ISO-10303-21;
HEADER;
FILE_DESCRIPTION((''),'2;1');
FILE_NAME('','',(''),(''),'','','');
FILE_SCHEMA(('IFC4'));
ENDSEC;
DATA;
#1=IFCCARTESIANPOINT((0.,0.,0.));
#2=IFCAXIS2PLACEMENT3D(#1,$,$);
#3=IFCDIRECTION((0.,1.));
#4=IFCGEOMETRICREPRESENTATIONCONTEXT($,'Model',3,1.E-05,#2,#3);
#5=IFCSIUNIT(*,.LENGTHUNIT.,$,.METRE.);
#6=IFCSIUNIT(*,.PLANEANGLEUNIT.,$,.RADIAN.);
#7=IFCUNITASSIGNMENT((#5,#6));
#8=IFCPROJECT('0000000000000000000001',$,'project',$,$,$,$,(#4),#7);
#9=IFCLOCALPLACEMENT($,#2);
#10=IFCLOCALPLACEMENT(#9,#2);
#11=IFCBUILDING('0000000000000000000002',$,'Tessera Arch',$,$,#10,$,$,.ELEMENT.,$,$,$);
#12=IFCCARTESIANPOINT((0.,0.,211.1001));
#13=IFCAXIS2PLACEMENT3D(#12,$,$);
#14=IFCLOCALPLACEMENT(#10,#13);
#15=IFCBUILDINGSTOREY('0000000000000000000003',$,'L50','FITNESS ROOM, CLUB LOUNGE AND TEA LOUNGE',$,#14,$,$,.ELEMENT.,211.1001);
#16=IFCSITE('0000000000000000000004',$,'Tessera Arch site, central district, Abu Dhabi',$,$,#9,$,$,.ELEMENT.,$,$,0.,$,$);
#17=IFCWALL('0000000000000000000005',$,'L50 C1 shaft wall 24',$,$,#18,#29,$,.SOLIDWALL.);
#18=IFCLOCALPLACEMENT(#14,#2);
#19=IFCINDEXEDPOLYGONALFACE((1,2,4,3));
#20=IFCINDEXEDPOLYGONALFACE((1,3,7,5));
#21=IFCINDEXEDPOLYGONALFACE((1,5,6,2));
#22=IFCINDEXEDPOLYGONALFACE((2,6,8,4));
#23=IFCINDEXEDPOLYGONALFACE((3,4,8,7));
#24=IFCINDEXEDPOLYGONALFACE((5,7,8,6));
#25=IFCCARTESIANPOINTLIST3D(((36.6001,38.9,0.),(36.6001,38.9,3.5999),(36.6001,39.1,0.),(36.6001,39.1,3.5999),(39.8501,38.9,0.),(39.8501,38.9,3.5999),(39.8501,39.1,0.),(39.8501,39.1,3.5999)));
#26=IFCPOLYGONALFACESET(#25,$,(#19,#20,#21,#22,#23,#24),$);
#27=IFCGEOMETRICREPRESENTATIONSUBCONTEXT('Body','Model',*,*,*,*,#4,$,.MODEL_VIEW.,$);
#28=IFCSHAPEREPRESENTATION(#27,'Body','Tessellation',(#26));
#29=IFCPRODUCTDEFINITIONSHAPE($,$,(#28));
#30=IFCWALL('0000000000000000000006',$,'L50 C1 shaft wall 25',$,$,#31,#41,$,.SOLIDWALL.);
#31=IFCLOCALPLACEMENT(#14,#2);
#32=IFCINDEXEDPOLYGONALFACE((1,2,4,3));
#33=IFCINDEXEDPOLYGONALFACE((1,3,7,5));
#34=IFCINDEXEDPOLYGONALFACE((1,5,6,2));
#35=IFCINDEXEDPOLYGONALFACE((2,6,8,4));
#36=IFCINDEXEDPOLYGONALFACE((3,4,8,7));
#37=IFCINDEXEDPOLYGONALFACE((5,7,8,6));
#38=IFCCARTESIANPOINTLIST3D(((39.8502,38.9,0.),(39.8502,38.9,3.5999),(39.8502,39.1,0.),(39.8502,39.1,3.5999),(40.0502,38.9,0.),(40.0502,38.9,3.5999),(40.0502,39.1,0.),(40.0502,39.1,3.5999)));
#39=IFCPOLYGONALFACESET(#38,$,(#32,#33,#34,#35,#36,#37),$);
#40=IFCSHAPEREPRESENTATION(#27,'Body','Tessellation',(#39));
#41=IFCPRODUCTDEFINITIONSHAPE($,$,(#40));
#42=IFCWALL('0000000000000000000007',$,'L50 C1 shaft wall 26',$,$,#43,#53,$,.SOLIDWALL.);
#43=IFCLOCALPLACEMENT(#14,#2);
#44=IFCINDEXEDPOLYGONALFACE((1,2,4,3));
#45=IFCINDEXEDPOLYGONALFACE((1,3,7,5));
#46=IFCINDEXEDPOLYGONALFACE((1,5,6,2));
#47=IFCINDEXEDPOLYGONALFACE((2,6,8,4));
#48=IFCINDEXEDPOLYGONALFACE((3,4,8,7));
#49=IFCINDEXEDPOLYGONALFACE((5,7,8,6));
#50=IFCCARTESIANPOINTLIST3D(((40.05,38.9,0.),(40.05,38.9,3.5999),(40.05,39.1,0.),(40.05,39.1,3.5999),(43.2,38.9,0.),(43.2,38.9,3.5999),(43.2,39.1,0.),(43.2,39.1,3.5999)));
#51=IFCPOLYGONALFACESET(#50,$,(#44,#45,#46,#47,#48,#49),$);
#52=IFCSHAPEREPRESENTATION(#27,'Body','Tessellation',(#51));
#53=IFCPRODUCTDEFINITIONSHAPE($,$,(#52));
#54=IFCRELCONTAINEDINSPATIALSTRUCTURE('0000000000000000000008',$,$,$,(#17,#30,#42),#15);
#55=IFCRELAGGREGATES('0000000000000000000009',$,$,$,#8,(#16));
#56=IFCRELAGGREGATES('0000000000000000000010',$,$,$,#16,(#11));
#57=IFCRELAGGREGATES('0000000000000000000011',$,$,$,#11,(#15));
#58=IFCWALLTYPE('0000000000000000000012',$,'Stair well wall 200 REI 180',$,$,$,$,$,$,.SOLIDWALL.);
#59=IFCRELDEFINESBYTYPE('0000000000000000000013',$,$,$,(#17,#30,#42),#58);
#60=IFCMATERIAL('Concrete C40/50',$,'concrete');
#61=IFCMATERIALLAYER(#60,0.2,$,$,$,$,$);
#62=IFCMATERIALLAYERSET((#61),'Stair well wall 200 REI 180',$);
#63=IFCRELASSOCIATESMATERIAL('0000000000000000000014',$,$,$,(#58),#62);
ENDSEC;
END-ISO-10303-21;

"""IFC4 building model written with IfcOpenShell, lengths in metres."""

from ifc_helpers import new_model, si_unit, direction, frame, frame_2d, origin, place, context, subcontext, project, spatial, rectangle, extrude, material, layer, layer_set, type_object, element, save


model = new_model("IFC4")

# Units and contexts
model_context = context("Model", 3, precision=1e-05, world=origin(), true_north=direction((0.0, 1.0)))
body_context = subcontext(model_context, "Body", "Model", "MODEL_VIEW")
ifc_project = project(units=[si_unit("LENGTHUNIT", "METRE"), si_unit("PLANEANGLEUNIT", "RADIAN")], contexts=[model_context])

# Site, building, storey
site_placement = place(None, origin())
site = spatial("IfcSite", under=ifc_project, at=site_placement, Name="Tessera Arch site, central district, Abu Dhabi", CompositionType="ELEMENT", RefElevation=0.0)
building_placement = place(site_placement, origin())
building = spatial("IfcBuilding", under=site, at=building_placement, Name="Tessera Arch", CompositionType="ELEMENT")
storey_placement = place(building_placement, frame((0.0, 0.0, 211.1001)))
storey = spatial("IfcBuildingStorey", under=building, at=storey_placement, Name="L50", Description="FITNESS ROOM, CLUB LOUNGE AND TEA LOUNGE", CompositionType="ELEMENT", Elevation=211.1001)

# Walls
ifc_material_1 = material(Name="Concrete C40/50", Category="concrete")
ifc_layer_1 = layer(ifc_material_1, 0.2)
ifc_layer_set_1 = layer_set([ifc_layer_1], Name="Stair well wall 200 REI 180")
wall_type_1 = type_object("IfcWallType", Name="Stair well wall 200 REI 180", PredefinedType="SOLIDWALL", material=ifc_layer_set_1)
wall_1_placement = place(storey_placement, frame((36.6001, 39.0, 0.0), z_axis=(0.0, 0.0, 1.0), x_axis=(1.0, 0.0, 0.0)))
element("IfcWall", 1, at=wall_1_placement, inside=storey, type_object=wall_type_1, Name="L50 C1 shaft wall 24", PredefinedType="SOLIDWALL", context=body_context, shape_type="SweptSolid", body=[
    extrude(rectangle(XDim=3.25, YDim=0.2, at=frame_2d((1.625, 0.0))), origin(), (0.0, 0.0, 1.0), 3.5999),
])
wall_2_placement = place(storey_placement, frame((39.8501, 39.0, 0.0), z_axis=(0.0, 0.0, 1.0), x_axis=(1.0, 0.0, 0.0)))
element("IfcWall", 2, at=wall_2_placement, inside=storey, type_object=wall_type_1, Name="L50 C1 shaft wall 25", PredefinedType="SOLIDWALL", context=body_context, shape_type="SweptSolid", body=[
    extrude(rectangle(XDim=0.2, YDim=0.2, at=frame_2d((0.1001, 0.0))), origin(), (0.0, 0.0, 1.0), 3.5999),
])
wall_3_placement = place(storey_placement, frame((40.05, 39.0, 0.0), z_axis=(0.0, 0.0, 1.0), x_axis=(1.0, 0.0, 0.0)))
element("IfcWall", 3, at=wall_3_placement, inside=storey, type_object=wall_type_1, Name="L50 C1 shaft wall 26", PredefinedType="SOLIDWALL", context=body_context, shape_type="SweptSolid", body=[
    extrude(rectangle(XDim=3.1499, YDim=0.2, at=frame_2d((1.575, 0.0))), origin(), (0.0, 0.0, 1.0), 3.5999),
])

save(model, "model.ifc")
